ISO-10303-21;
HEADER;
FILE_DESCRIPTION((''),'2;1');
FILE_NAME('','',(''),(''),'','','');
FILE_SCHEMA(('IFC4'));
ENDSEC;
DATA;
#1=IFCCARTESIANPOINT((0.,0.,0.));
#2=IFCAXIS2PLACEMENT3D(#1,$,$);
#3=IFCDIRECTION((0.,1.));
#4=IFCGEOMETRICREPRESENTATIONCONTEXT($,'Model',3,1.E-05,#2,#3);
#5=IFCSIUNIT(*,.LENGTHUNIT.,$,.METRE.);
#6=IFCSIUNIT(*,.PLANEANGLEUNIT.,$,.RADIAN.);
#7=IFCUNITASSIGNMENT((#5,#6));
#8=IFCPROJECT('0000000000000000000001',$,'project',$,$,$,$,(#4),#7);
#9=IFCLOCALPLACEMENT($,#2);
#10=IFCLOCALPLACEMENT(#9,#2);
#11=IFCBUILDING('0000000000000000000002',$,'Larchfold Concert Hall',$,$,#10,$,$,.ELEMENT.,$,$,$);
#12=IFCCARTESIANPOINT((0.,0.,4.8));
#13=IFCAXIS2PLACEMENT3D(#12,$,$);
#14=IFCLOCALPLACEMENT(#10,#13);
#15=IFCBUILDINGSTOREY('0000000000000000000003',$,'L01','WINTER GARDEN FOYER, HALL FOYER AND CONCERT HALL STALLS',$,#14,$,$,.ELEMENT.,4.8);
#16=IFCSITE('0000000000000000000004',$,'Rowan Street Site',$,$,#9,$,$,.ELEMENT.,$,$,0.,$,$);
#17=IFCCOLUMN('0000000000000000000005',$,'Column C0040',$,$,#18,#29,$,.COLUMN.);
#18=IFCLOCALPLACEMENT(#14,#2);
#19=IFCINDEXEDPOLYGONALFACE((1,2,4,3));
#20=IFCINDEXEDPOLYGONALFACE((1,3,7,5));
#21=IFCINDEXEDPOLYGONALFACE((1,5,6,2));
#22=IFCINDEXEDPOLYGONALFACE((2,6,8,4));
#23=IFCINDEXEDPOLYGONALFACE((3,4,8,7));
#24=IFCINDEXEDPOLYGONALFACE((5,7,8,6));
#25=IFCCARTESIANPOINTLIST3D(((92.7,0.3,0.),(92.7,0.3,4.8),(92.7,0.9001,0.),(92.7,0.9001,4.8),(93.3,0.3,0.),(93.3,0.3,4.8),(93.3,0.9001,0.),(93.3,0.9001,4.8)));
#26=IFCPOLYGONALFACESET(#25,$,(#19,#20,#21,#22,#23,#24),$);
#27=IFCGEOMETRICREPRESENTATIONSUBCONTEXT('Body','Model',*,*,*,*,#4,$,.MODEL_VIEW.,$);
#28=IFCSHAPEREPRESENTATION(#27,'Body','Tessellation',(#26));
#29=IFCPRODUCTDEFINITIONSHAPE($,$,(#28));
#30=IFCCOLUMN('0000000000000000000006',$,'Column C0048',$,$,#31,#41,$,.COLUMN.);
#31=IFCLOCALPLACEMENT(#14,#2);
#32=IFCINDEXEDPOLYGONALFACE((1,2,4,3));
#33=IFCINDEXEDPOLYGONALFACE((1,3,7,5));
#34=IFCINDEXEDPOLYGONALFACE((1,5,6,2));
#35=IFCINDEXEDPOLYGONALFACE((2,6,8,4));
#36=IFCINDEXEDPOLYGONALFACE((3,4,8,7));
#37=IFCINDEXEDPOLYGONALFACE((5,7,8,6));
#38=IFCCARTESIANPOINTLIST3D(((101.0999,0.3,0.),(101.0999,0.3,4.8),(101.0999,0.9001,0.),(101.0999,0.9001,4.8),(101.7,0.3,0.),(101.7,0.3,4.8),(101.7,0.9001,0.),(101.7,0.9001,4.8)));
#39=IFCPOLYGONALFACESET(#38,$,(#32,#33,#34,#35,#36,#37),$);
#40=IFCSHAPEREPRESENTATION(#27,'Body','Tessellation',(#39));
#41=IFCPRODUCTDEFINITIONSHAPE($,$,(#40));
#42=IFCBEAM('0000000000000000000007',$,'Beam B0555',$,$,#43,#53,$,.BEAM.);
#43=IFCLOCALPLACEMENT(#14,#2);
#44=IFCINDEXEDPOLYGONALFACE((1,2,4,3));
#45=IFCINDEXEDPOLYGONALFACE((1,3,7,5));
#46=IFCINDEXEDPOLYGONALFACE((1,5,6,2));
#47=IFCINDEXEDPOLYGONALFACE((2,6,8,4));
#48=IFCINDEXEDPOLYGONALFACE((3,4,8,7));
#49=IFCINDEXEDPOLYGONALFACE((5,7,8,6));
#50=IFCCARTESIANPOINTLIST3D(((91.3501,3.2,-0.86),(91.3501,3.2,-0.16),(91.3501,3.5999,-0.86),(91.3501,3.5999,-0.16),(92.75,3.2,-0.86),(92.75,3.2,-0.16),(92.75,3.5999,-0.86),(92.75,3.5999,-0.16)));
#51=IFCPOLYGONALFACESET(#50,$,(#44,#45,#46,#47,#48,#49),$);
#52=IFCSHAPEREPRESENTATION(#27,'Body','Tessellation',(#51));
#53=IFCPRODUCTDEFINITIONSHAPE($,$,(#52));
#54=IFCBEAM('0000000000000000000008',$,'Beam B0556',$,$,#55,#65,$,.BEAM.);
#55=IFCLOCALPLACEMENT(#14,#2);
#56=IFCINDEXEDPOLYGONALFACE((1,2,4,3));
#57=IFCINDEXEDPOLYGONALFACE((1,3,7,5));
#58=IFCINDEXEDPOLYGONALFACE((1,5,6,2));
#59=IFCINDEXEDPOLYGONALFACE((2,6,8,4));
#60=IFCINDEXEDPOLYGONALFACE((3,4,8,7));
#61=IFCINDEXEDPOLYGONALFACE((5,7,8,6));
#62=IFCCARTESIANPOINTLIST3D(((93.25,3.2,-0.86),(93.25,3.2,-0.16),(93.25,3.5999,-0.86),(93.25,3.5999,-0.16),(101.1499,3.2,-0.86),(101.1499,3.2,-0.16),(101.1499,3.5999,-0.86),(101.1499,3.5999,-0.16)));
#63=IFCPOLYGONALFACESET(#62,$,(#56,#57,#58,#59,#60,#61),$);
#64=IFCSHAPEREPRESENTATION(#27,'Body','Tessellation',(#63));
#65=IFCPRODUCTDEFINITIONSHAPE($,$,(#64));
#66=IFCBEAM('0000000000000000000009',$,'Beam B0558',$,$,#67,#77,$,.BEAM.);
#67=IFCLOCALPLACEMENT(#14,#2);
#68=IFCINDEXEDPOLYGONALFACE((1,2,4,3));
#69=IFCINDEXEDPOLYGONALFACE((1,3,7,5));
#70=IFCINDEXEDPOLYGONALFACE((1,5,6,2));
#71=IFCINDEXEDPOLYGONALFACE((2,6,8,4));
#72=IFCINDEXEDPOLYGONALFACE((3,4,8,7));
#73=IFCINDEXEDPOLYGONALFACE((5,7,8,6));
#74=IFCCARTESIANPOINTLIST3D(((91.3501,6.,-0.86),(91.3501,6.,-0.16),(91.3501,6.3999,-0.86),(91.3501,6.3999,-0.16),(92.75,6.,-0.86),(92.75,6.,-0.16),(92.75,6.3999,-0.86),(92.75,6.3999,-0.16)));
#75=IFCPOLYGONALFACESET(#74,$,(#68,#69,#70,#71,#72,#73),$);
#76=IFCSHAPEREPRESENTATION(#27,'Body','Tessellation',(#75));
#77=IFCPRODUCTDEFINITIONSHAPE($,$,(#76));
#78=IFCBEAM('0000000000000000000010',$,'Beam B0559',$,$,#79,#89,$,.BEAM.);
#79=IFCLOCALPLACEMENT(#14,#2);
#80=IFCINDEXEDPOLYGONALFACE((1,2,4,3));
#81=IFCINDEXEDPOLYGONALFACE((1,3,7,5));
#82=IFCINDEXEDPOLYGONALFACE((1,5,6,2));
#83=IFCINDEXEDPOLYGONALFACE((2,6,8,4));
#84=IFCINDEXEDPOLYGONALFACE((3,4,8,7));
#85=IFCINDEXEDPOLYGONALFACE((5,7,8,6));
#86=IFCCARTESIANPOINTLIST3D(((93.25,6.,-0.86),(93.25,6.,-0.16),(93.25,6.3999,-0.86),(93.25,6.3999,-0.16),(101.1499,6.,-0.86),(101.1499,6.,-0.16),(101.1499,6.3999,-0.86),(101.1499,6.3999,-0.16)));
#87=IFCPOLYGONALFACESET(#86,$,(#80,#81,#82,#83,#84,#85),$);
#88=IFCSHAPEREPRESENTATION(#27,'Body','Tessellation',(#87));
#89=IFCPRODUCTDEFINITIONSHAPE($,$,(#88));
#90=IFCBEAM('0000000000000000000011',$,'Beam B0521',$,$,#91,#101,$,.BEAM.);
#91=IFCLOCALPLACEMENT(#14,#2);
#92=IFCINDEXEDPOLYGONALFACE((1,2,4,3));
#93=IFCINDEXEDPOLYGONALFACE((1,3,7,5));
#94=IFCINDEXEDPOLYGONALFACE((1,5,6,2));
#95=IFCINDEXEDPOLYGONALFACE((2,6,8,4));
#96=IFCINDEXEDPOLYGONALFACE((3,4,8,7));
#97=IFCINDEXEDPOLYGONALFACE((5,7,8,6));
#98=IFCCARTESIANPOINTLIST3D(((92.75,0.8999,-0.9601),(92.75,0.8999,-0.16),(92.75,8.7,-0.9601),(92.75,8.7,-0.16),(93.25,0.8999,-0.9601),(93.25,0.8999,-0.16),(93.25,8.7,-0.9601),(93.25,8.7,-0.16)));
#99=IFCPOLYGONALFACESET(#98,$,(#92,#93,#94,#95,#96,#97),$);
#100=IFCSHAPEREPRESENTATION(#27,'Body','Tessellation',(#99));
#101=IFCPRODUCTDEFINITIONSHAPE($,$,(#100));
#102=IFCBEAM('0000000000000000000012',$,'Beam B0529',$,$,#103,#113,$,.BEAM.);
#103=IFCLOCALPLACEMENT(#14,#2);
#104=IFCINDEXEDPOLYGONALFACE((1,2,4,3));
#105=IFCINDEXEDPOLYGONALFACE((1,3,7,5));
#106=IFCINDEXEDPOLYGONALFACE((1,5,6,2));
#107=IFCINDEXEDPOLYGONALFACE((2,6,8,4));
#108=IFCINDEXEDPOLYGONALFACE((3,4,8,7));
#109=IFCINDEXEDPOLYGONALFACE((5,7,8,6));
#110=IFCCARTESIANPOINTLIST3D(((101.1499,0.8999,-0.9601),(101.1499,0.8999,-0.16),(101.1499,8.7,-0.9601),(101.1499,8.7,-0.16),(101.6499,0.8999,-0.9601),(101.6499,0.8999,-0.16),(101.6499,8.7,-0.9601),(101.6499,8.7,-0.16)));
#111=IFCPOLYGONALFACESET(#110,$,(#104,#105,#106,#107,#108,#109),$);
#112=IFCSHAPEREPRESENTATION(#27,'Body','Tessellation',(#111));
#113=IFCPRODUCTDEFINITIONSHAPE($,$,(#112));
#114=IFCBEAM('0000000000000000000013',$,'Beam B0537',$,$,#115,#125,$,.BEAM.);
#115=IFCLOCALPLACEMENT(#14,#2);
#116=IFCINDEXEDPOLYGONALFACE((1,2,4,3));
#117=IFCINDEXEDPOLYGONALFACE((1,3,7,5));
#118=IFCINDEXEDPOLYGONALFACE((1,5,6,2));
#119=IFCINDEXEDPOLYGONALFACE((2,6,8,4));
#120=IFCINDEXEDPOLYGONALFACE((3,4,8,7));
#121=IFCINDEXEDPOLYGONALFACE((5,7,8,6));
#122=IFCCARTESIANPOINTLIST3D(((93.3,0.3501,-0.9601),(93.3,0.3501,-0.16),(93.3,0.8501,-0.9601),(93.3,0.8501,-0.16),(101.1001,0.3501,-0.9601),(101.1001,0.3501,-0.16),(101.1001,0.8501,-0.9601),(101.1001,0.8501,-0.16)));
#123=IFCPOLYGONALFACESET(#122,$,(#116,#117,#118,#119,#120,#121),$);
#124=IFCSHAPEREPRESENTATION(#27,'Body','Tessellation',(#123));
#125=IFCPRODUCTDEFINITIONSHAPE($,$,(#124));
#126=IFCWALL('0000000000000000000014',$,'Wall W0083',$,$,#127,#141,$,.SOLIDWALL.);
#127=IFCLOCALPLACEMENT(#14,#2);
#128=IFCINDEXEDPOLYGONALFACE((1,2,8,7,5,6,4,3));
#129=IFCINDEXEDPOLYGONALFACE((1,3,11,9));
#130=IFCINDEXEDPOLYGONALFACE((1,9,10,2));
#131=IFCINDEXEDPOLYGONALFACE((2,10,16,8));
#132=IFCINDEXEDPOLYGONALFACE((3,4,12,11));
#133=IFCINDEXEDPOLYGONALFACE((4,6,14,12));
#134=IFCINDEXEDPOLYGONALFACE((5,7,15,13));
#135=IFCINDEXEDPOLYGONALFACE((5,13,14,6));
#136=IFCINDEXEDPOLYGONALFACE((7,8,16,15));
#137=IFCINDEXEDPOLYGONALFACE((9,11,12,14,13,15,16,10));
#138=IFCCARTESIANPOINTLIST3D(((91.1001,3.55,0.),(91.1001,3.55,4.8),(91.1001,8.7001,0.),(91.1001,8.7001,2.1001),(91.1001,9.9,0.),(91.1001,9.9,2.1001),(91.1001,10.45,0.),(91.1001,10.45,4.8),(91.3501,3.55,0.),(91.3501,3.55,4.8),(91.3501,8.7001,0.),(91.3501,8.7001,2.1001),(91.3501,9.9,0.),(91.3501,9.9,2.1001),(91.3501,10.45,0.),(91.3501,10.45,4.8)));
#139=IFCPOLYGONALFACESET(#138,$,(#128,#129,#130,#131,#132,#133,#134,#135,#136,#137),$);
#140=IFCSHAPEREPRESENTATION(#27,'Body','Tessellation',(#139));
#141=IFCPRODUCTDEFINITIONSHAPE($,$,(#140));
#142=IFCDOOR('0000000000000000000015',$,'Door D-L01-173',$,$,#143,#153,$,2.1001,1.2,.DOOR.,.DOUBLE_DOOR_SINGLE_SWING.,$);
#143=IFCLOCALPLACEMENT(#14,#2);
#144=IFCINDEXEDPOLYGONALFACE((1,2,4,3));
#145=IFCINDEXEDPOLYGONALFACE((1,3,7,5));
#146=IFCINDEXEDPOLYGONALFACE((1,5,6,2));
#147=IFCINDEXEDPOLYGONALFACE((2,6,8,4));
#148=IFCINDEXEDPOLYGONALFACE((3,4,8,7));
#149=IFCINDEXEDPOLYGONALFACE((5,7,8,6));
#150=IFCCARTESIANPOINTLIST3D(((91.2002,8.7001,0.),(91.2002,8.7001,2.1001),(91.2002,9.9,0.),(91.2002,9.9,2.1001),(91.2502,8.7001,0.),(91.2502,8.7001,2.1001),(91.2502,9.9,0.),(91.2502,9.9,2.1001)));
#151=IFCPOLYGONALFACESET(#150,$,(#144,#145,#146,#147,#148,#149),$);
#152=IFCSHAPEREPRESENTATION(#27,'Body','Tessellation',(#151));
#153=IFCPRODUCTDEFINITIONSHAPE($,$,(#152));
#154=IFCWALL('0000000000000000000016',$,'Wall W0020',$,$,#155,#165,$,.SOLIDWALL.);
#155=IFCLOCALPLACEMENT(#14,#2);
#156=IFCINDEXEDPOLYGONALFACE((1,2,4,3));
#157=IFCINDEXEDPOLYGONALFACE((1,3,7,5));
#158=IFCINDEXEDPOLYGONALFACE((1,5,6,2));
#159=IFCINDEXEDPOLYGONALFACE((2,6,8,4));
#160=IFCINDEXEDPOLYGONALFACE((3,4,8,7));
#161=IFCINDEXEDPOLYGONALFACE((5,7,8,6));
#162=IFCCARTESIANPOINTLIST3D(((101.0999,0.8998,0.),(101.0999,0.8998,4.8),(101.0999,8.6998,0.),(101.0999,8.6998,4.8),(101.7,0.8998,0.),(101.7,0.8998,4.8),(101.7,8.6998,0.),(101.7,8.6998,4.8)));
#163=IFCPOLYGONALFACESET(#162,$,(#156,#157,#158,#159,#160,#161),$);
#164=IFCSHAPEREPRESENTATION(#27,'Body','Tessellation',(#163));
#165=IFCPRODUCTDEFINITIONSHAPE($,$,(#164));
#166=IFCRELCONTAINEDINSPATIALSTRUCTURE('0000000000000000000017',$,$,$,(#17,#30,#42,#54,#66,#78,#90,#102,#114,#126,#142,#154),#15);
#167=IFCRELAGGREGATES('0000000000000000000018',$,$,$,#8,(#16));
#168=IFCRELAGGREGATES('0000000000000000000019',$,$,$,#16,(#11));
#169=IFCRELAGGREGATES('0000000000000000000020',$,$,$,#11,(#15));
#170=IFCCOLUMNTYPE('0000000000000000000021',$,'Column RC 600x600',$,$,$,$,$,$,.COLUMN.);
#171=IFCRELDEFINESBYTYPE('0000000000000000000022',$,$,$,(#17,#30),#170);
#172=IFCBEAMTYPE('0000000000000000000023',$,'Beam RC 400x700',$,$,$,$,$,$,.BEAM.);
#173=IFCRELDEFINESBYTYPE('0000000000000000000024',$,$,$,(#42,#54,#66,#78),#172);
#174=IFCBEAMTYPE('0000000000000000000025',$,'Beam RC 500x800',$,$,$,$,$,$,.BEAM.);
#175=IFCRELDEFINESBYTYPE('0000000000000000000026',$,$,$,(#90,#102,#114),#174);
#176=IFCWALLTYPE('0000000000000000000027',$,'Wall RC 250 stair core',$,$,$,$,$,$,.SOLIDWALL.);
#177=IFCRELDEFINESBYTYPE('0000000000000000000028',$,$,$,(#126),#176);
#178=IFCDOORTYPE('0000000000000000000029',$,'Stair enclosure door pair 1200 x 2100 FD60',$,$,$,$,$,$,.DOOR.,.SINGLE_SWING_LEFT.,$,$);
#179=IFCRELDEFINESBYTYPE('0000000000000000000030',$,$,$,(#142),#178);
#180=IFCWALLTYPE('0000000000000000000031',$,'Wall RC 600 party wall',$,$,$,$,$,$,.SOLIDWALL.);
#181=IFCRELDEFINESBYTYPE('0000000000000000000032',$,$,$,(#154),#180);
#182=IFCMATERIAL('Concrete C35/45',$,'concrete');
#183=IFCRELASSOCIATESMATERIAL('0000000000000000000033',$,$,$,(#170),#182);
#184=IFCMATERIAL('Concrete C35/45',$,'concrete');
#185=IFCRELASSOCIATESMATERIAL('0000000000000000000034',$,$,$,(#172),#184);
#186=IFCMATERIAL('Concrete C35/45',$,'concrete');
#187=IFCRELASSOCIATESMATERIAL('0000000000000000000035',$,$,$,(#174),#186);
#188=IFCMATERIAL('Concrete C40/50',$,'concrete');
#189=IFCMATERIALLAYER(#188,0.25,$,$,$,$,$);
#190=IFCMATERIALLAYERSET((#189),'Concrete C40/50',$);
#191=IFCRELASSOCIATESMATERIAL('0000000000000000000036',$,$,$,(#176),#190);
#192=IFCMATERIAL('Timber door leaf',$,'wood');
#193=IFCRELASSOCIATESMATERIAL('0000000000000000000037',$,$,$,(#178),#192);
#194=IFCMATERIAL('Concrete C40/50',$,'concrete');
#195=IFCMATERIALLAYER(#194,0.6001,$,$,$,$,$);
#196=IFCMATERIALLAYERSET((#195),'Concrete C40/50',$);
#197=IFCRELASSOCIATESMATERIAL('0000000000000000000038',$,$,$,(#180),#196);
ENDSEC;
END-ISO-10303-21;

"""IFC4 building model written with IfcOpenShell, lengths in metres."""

from ifc_helpers import new_model, si_unit, direction, frame, frame_2d, origin, origin_2d, place, context, subcontext, project, spatial, rectangle, extrude, material, layer, layer_set, material_profile, profile_set, type_object, element, fill, save


model = new_model("IFC4")

# Units and contexts
model_context = context("Model", 3, precision=1e-05, world=origin(), true_north=direction((0.0, 1.0)))
body_context = subcontext(model_context, "Body", "Model", "MODEL_VIEW")
ifc_project = project(units=[si_unit("LENGTHUNIT", "METRE"), si_unit("PLANEANGLEUNIT", "RADIAN")], contexts=[model_context])

# Site, building, storey
site_placement = place(None, origin())
site = spatial("IfcSite", under=ifc_project, at=site_placement, Name="Rowan Street Site", CompositionType="ELEMENT", RefElevation=0.0)
building_placement = place(site_placement, origin())
building = spatial("IfcBuilding", under=site, at=building_placement, Name="Larchfold Concert Hall", CompositionType="ELEMENT")
storey_placement = place(building_placement, frame((0.0, 0.0, 4.8)))
storey = spatial("IfcBuildingStorey", under=building, at=storey_placement, Name="L01", Description="WINTER GARDEN FOYER, HALL FOYER AND CONCERT HALL STALLS", CompositionType="ELEMENT", Elevation=4.8)

# Columns
ifc_material_1 = material(Name="Concrete C35/45", Category="concrete")
ifc_material_profile_1 = material_profile(ifc_material_1, rectangle(XDim=0.6001, YDim=0.6001, at=origin_2d()))
ifc_profile_set_1 = profile_set([ifc_material_profile_1], Name="Concrete C35/45")
column_type = type_object("IfcColumnType", Name="Column RC 600x600", PredefinedType="COLUMN", material=ifc_profile_set_1)
for number, where, z_axis, x_axis, name in (
    (1, (93.0, 0.6001, 0.0), (0.0, 0.0, 1.0), (1.0, 0.0, 0.0), "Column C0040"),
    (2, (101.3999, 0.6001, 0.0), (0.0, 0.0, 1.0), (1.0, 0.0, 0.0), "Column C0048"),
):
    element("IfcColumn", number, at=place(storey_placement, frame(where, z_axis=z_axis, x_axis=x_axis)), inside=storey, type_object=column_type, Name=name, PredefinedType="COLUMN", context=body_context, shape_type="SweptSolid", body=[
        extrude(rectangle(XDim=0.6001, YDim=0.6001, at=origin_2d()), origin(), (0.0, 0.0, 1.0), 4.8),
    ])

# Beams
ifc_material_2 = material(Name="Concrete C35/45", Category="concrete")
ifc_material_profile_2 = material_profile(ifc_material_2, rectangle(XDim=0.3999, YDim=0.7, at=origin_2d()))
ifc_profile_set_2 = profile_set([ifc_material_profile_2], Name="Concrete C35/45")
beam_type_1 = type_object("IfcBeamType", Name="Beam RC 400x700", PredefinedType="BEAM", material=ifc_profile_set_2)
beam_1_placement = place(storey_placement, frame((91.3501, 3.3999, -0.51), z_axis=(1.0, 0.0, 0.0), x_axis=(0.0, 1.0, 0.0)))
element("IfcBeam", 3, at=beam_1_placement, inside=storey, type_object=beam_type_1, Name="Beam B0555", PredefinedType="BEAM", context=body_context, shape_type="SweptSolid", body=[
    extrude(rectangle(XDim=0.3999, YDim=0.7, at=origin_2d()), origin(), (0.0, 0.0, 1.0), 1.3999),
])
beam_2_placement = place(storey_placement, frame((93.25, 3.3999, -0.51), z_axis=(1.0, 0.0, 0.0), x_axis=(0.0, 1.0, 0.0)))
element("IfcBeam", 4, at=beam_2_placement, inside=storey, type_object=beam_type_1, Name="Beam B0556", PredefinedType="BEAM", context=body_context, shape_type="SweptSolid", body=[
    extrude(rectangle(XDim=0.3999, YDim=0.7, at=origin_2d()), origin(), (0.0, 0.0, 1.0), 7.8999),
])
beam_3_placement = place(storey_placement, frame((91.3501, 6.2, -0.51), z_axis=(1.0, 0.0, 0.0), x_axis=(0.0, 1.0, 0.0)))
element("IfcBeam", 5, at=beam_3_placement, inside=storey, type_object=beam_type_1, Name="Beam B0558", PredefinedType="BEAM", context=body_context, shape_type="SweptSolid", body=[
    extrude(rectangle(XDim=0.3999, YDim=0.7, at=origin_2d()), origin(), (0.0, 0.0, 1.0), 1.3999),
])
beam_4_placement = place(storey_placement, frame((93.25, 6.2, -0.51), z_axis=(1.0, 0.0, 0.0), x_axis=(0.0, 1.0, 0.0)))
element("IfcBeam", 6, at=beam_4_placement, inside=storey, type_object=beam_type_1, Name="Beam B0559", PredefinedType="BEAM", context=body_context, shape_type="SweptSolid", body=[
    extrude(rectangle(XDim=0.3999, YDim=0.7, at=origin_2d()), origin(), (0.0, 0.0, 1.0), 7.8999),
])
ifc_material_3 = material(Name="Concrete C35/45", Category="concrete")
ifc_material_profile_3 = material_profile(ifc_material_3, rectangle(XDim=0.5, YDim=0.8, at=origin_2d()))
ifc_profile_set_3 = profile_set([ifc_material_profile_3], Name="Concrete C35/45")
beam_type_2 = type_object("IfcBeamType", Name="Beam RC 500x800", PredefinedType="BEAM", material=ifc_profile_set_3)
for number, where, z_axis, x_axis, name in (
    (7, (93.0, 0.8999, -0.5601), (0.0, 1.0, 0.0), (-1.0, 0.0, 0.0), "Beam B0521"),
    (8, (101.3999, 0.8999, -0.5601), (0.0, 1.0, 0.0), (-1.0, 0.0, 0.0), "Beam B0529"),
    (9, (93.3, 0.6001, -0.5601), (1.0, 0.0, 0.0), (0.0, 1.0, 0.0), "Beam B0537"),
):
    element("IfcBeam", number, at=place(storey_placement, frame(where, z_axis=z_axis, x_axis=x_axis)), inside=storey, type_object=beam_type_2, Name=name, PredefinedType="BEAM", context=body_context, shape_type="SweptSolid", body=[
        extrude(rectangle(XDim=0.5, YDim=0.8, at=origin_2d()), origin(), (0.0, 0.0, 1.0), 7.8),
    ])

# Wall, opening, door
ifc_material_4 = material(Name="Concrete C40/50", Category="concrete")
ifc_layer_1 = layer(ifc_material_4, 0.25)
ifc_layer_set_1 = layer_set([ifc_layer_1], Name="Concrete C40/50")
wall_type_1 = type_object("IfcWallType", Name="Wall RC 250 stair core", PredefinedType="SOLIDWALL", material=ifc_layer_set_1)
wall_1_placement = place(storey_placement, frame((91.2251, 3.55, 0.0), z_axis=(0.0, 0.0, 1.0), x_axis=(0.0, 1.0, 0.0)))
wall_1 = element("IfcWall", 10, at=wall_1_placement, inside=storey, type_object=wall_type_1, Name="Wall W0083", PredefinedType="SOLIDWALL", context=body_context, shape_type="SweptSolid", body=[
    extrude(rectangle(XDim=6.8999, YDim=0.25, at=frame_2d((3.45, 0.0))), origin(), (0.0, 0.0, 1.0), 4.8),
])
opening_1_placement = place(wall_1_placement, frame((5.1499, 0.0, 0.0)))
opening_1 = element("IfcOpeningElement", 11, at=opening_1_placement, cuts=wall_1, PredefinedType="OPENING", context=body_context, shape_type="SweptSolid", body=[
    extrude(rectangle(XDim=1.2, YDim=2.1001, at=frame_2d((0.6001, 1.05))), frame((0.0, 0.135, 0.0), z_axis=(0.0, -1.0, 0.0), x_axis=(1.0, 0.0, 0.0)), (0.0, 0.0, 1.0), 0.27),
])
ifc_material_5 = material(Name="Timber door leaf", Category="wood")
door_type = type_object("IfcDoorType", Name="Stair enclosure door pair 1200 x 2100 FD60", OperationType="SINGLE_SWING_LEFT", PredefinedType="DOOR", material=ifc_material_5)
door_placement = place(opening_1_placement, origin())
door = element("IfcDoor", 12, at=door_placement, inside=storey, type_object=door_type, Name="Door D-L01-173", OperationType="DOUBLE_DOOR_SINGLE_SWING", OverallHeight=2.1001, OverallWidth=1.2, PredefinedType="DOOR", context=body_context, shape_type="SweptSolid", body=[
    extrude(rectangle(XDim=1.2, YDim=2.1001, at=frame_2d((0.6001, 1.05))), frame((0.0, 0.0249, 0.0), z_axis=(0.0, -1.0, 0.0), x_axis=(1.0, 0.0, 0.0)), (0.0, 0.0, 1.0), 0.05),
])
fill(opening_1, door)

# Wall
ifc_material_6 = material(Name="Concrete C40/50", Category="concrete")
ifc_layer_2 = layer(ifc_material_6, 0.6001)
ifc_layer_set_2 = layer_set([ifc_layer_2], Name="Concrete C40/50")
wall_type_2 = type_object("IfcWallType", Name="Wall RC 600 party wall", PredefinedType="SOLIDWALL", material=ifc_layer_set_2)
wall_2_placement = place(storey_placement, frame((101.3999, 0.8999, 0.0), z_axis=(0.0, 0.0, 1.0), x_axis=(0.0, 1.0, 0.0)))
element("IfcWall", 13, at=wall_2_placement, inside=storey, type_object=wall_type_2, Name="Wall W0020", PredefinedType="SOLIDWALL", context=body_context, shape_type="SweptSolid", body=[
    extrude(rectangle(XDim=7.8, YDim=0.6001, at=frame_2d((3.8999, 0.0))), origin(), (0.0, 0.0, 1.0), 4.8),
])

save(model, "model.ifc")
